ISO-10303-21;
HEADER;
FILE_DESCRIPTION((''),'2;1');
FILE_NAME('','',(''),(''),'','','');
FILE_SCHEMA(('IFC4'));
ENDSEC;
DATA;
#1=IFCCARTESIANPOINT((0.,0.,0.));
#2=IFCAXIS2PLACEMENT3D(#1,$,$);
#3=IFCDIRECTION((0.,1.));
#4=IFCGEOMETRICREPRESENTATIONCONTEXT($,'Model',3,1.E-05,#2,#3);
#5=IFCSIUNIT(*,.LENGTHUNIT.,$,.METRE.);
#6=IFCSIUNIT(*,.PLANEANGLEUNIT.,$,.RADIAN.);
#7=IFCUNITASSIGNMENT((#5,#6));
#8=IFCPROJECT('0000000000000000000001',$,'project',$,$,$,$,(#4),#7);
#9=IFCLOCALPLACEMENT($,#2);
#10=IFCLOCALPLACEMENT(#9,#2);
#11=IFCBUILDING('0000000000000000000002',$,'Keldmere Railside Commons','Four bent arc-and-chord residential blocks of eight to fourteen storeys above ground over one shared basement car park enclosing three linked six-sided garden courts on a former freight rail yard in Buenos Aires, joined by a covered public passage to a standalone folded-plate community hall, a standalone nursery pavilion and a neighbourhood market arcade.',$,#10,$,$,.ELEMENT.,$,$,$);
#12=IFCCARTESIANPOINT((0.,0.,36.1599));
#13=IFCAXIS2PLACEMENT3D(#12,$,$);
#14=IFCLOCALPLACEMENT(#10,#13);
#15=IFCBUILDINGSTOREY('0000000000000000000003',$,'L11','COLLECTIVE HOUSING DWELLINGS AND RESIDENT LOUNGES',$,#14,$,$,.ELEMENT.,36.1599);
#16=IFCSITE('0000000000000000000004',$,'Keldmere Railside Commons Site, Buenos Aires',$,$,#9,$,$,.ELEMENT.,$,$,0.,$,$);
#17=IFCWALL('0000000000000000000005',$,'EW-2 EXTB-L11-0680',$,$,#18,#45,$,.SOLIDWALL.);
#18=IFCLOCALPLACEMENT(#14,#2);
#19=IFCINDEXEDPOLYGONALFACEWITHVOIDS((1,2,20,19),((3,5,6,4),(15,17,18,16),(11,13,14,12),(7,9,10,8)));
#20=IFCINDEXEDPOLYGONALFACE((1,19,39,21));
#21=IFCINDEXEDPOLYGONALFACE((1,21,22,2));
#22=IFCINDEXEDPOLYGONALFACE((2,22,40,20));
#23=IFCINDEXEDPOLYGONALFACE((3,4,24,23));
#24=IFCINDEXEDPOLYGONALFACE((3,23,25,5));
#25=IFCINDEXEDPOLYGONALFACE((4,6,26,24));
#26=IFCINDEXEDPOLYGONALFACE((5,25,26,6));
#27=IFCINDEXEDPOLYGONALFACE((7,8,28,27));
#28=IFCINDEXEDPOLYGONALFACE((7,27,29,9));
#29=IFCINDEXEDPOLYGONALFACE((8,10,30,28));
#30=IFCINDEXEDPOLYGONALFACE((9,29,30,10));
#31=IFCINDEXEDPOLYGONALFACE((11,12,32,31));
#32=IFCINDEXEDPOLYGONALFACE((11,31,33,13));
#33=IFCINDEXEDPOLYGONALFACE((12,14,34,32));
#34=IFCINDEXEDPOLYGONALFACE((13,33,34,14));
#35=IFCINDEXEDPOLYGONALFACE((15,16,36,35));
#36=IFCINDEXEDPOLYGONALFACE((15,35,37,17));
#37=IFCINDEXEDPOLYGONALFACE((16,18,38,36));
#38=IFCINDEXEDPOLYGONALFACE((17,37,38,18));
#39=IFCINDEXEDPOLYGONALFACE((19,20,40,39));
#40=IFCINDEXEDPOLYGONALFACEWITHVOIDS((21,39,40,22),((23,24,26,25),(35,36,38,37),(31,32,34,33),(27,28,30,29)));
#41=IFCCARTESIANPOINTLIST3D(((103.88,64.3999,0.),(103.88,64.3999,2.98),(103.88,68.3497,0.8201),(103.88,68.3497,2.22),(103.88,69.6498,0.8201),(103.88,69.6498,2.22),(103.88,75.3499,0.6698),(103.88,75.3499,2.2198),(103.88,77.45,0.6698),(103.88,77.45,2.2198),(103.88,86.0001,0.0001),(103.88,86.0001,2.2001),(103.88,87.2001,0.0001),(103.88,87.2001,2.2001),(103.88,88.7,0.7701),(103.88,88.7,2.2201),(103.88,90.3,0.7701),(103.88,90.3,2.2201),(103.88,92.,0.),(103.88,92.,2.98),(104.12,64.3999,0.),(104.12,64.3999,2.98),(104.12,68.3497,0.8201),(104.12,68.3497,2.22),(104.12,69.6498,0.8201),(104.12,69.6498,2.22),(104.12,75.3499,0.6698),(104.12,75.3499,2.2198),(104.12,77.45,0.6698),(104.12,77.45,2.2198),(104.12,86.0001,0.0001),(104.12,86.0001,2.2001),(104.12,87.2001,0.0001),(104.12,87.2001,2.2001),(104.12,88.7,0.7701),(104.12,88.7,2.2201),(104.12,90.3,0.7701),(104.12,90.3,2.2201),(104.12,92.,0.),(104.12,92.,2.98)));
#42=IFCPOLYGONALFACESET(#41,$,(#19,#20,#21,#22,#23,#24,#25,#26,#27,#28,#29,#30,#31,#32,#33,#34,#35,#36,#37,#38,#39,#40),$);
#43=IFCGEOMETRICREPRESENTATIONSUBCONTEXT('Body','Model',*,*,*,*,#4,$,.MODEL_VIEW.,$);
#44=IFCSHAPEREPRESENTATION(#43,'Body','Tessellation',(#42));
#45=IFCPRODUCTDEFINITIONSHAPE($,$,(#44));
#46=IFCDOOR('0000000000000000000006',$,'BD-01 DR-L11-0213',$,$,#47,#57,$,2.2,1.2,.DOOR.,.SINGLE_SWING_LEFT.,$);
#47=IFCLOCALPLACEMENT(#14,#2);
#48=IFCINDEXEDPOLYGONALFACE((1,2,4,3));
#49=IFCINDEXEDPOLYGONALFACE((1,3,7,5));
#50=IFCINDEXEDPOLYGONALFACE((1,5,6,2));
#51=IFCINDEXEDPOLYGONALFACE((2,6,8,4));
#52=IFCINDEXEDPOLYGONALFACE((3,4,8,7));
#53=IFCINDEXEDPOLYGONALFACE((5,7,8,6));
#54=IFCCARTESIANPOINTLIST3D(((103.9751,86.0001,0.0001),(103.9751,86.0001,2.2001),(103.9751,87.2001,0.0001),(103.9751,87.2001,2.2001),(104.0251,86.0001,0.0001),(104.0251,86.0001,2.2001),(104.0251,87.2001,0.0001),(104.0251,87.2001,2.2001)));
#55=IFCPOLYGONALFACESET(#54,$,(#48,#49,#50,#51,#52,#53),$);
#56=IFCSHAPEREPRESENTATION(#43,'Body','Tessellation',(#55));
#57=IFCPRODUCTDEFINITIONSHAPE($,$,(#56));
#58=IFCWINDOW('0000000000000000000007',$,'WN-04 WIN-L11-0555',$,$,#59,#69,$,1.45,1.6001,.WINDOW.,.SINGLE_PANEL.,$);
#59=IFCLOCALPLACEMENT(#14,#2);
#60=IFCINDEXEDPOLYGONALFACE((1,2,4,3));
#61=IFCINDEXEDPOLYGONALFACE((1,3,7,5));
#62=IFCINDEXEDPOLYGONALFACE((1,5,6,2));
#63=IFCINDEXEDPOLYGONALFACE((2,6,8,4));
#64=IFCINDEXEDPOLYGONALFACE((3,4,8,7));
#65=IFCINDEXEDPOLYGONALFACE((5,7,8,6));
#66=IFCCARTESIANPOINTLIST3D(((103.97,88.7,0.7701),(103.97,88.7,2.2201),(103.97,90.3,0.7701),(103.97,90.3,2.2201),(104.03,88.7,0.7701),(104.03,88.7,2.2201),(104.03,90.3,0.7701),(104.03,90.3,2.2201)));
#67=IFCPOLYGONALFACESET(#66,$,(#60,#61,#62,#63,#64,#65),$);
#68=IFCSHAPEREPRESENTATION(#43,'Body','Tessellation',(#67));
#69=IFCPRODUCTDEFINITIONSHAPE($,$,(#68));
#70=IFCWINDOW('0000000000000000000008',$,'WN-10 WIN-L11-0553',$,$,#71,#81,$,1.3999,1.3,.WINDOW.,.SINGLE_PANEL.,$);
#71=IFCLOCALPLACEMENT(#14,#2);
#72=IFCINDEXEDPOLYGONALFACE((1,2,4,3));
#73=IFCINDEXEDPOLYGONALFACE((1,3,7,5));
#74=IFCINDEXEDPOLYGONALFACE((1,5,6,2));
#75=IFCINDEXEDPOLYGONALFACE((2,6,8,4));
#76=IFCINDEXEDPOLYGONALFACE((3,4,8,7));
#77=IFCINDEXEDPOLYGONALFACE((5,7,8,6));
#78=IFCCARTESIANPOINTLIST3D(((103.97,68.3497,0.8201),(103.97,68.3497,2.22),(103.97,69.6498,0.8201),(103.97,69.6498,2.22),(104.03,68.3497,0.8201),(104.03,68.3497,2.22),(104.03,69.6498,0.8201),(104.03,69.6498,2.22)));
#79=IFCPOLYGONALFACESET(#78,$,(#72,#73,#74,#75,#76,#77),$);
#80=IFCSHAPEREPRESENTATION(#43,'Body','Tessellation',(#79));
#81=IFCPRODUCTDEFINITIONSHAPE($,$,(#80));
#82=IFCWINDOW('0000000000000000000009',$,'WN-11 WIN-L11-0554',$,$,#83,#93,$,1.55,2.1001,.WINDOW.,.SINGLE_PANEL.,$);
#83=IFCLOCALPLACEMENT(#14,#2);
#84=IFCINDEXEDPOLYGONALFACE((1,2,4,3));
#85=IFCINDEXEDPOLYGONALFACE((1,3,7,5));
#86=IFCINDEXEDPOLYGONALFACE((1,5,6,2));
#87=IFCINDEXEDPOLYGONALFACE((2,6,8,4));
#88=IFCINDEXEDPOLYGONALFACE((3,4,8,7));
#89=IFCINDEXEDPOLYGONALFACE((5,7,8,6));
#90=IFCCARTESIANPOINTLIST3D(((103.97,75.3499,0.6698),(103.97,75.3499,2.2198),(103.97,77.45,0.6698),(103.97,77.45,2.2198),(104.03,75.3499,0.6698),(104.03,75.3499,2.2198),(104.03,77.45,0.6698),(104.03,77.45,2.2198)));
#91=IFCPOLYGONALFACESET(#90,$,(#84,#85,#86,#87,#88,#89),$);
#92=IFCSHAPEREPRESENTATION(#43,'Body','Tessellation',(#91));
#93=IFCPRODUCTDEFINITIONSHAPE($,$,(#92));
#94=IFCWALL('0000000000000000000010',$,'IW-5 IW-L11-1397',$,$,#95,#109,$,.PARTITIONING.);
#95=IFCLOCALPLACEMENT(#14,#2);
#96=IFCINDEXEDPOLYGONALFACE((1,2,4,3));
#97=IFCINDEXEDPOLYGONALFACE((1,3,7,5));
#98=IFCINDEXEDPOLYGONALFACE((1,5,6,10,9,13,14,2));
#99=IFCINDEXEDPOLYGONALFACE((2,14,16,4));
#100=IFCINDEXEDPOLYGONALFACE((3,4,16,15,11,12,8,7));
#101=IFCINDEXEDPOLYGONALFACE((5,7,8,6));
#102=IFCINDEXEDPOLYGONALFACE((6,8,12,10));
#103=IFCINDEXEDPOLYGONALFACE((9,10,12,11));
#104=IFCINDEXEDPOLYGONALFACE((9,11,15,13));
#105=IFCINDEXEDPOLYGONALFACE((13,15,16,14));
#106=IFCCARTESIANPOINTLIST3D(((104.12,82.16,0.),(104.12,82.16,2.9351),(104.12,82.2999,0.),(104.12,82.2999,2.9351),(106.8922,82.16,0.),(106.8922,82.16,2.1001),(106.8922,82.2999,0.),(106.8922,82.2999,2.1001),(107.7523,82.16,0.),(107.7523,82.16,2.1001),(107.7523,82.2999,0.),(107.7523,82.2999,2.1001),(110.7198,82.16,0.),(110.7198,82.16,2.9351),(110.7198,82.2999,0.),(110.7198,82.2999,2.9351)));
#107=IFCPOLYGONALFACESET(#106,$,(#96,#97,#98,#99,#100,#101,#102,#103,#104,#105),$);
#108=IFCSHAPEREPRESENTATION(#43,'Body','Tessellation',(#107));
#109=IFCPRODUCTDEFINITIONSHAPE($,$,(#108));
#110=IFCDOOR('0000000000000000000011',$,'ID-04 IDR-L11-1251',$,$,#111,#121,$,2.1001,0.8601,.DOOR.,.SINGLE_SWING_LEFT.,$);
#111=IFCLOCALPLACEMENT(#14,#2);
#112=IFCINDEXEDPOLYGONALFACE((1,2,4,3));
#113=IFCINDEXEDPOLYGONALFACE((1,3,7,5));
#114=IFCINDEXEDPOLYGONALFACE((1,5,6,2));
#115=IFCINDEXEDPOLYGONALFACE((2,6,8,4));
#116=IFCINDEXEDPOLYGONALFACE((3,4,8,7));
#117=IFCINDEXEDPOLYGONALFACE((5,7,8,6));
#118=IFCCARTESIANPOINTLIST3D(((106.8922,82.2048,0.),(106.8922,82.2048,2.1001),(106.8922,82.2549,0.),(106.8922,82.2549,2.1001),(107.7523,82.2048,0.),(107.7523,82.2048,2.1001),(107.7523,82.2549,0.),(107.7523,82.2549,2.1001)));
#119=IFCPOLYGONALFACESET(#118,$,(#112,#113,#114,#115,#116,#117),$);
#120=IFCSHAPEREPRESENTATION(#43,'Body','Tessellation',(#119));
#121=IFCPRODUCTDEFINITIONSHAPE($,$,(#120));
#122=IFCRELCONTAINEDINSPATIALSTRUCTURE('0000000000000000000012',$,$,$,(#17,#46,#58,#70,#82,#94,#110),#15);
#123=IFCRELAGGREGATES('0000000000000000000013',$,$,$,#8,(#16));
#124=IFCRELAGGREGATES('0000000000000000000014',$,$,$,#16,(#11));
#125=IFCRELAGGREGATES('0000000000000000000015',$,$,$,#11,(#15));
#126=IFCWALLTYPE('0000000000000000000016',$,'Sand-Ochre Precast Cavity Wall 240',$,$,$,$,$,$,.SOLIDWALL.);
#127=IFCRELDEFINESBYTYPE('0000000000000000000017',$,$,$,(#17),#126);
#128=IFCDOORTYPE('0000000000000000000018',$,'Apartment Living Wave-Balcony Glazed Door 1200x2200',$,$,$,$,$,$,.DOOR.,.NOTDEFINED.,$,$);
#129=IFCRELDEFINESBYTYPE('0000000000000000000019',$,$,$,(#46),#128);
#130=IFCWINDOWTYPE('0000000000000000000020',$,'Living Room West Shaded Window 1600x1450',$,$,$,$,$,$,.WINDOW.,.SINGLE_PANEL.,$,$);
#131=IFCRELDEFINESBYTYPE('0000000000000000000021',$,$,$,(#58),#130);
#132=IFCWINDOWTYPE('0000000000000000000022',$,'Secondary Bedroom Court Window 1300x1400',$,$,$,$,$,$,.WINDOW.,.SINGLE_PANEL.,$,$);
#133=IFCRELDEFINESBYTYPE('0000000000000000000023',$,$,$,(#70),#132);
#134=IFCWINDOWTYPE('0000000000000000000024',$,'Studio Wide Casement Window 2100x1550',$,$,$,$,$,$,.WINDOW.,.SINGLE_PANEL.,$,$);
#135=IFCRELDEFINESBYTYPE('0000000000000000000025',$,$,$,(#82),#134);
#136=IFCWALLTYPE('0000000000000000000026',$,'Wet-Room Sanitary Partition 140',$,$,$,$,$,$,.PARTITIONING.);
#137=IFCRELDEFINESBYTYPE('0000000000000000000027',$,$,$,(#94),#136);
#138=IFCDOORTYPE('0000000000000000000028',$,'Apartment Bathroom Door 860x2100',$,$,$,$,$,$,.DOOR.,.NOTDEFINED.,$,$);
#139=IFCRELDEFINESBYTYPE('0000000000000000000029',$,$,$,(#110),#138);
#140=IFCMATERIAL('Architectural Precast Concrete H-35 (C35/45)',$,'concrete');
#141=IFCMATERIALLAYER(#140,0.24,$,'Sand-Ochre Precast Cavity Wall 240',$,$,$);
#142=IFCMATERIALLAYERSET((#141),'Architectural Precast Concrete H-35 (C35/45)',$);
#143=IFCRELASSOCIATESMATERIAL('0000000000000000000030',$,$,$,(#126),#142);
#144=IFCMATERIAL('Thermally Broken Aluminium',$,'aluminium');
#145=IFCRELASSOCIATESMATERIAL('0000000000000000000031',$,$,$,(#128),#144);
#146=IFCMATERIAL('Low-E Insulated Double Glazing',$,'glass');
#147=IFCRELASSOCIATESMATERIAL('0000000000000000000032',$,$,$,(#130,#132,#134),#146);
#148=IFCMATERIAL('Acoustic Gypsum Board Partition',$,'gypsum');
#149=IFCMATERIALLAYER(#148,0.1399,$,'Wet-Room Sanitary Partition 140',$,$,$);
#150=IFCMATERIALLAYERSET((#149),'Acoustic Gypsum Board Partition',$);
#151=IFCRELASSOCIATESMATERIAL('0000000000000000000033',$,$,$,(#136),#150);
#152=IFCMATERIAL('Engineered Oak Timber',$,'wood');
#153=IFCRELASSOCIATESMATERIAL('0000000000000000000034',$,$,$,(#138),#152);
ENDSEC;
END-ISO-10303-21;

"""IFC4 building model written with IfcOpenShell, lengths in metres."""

from ifc_helpers import new_model, si_unit, direction, frame, frame_2d, origin, place, context, subcontext, project, spatial, rectangle, extrude, material, layer, layer_set, type_object, element, fill, save


model = new_model("IFC4")

# Units and contexts
model_context = context("Model", 3, precision=1e-05, world=origin(), true_north=direction((0.0, 1.0)))
body_context = subcontext(model_context, "Body", "Model", "MODEL_VIEW")
ifc_project = project(units=[si_unit("LENGTHUNIT", "METRE"), si_unit("PLANEANGLEUNIT", "RADIAN")], contexts=[model_context])

# Site, building, storey
site_placement = place(None, origin())
site = spatial("IfcSite", under=ifc_project, at=site_placement, Name="Keldmere Railside Commons Site, Buenos Aires", CompositionType="ELEMENT", RefElevation=0.0)
building_placement = place(site_placement, origin())
building = spatial("IfcBuilding", under=site, at=building_placement, Name="Keldmere Railside Commons", Description="Four bent arc-and-chord residential blocks of eight to fourteen storeys above ground over one shared basement car park enclosing three linked six-sided garden courts on a former freight rail yard in Buenos Aires, joined by a covered public passage to a standalone folded-plate community hall, a standalone nursery pavilion and a neighbourhood market arcade.", CompositionType="ELEMENT")
storey_placement = place(building_placement, frame((0.0, 0.0, 36.1599)))
storey = spatial("IfcBuildingStorey", under=building, at=storey_placement, Name="L11", Description="COLLECTIVE HOUSING DWELLINGS AND RESIDENT LOUNGES", CompositionType="ELEMENT", Elevation=36.1599)

# Shared definitions
ifc_material_1 = material(Name="Low-E Insulated Double Glazing", Category="glass")

# Shared definitions
ifc_material_2 = material(Name="Acoustic Gypsum Board Partition", Category="gypsum")

# Wall, openings, door, windows
ifc_material_3 = material(Name="Architectural Precast Concrete H-35 (C35/45)", Category="concrete")
ifc_layer_1 = layer(ifc_material_3, 0.24, Name="Sand-Ochre Precast Cavity Wall 240")
ifc_layer_set_1 = layer_set([ifc_layer_1], Name="Architectural Precast Concrete H-35 (C35/45)")
wall_type_1 = type_object("IfcWallType", Name="Sand-Ochre Precast Cavity Wall 240", PredefinedType="SOLIDWALL", material=ifc_layer_set_1)
wall_1_placement = place(storey_placement, frame((104.0, 64.3999, 0.0), z_axis=(0.0, 0.0, 1.0), x_axis=(0.0, 1.0, 0.0)))
wall_1 = element("IfcWall", 1, at=wall_1_placement, inside=storey, type_object=wall_type_1, Name="EW-2 EXTB-L11-0680", PredefinedType="SOLIDWALL", context=body_context, shape_type="SweptSolid", body=[
    extrude(rectangle(XDim=27.6001, YDim=0.24, at=frame_2d((13.8, 0.0))), origin(), (0.0, 0.0, 1.0), 2.98),
])
opening_1_placement = place(wall_1_placement, frame((3.95, 0.0, 0.8201)))
opening_1 = element("IfcOpeningElement", 2, at=opening_1_placement, cuts=wall_1, PredefinedType="OPENING", context=body_context, shape_type="SweptSolid", body=[
    extrude(rectangle(XDim=1.3, YDim=1.3999, at=frame_2d((0.6499, 0.7))), frame((0.0, 0.1299, 0.0), z_axis=(0.0, -1.0, 0.0), x_axis=(1.0, 0.0, 0.0)), (0.0, 0.0, 1.0), 0.26),
])
opening_2_placement = place(wall_1_placement, frame((10.95, 0.0, 0.6699)))
opening_2 = element("IfcOpeningElement", 3, at=opening_2_placement, cuts=wall_1, PredefinedType="OPENING", context=body_context, shape_type="SweptSolid", body=[
    extrude(rectangle(XDim=2.1001, YDim=1.55, at=frame_2d((1.05, 0.7749))), frame((0.0, 0.1299, 0.0), z_axis=(0.0, -1.0, 0.0), x_axis=(1.0, 0.0, 0.0)), (0.0, 0.0, 1.0), 0.26),
])
opening_3_placement = place(wall_1_placement, frame((21.6001, 0.0, 0.0)))
opening_3 = element("IfcOpeningElement", 4, at=opening_3_placement, cuts=wall_1, PredefinedType="OPENING", context=body_context, shape_type="SweptSolid", body=[
    extrude(rectangle(XDim=1.2, YDim=2.2, at=frame_2d((0.6001, 1.1001))), frame((0.0, 0.1299, 0.0), z_axis=(0.0, -1.0, 0.0), x_axis=(1.0, 0.0, 0.0)), (0.0, 0.0, 1.0), 0.26),
])
opening_4_placement = place(wall_1_placement, frame((24.3, 0.0, 0.77)))
opening_4 = element("IfcOpeningElement", 5, at=opening_4_placement, cuts=wall_1, PredefinedType="OPENING", context=body_context, shape_type="SweptSolid", body=[
    extrude(rectangle(XDim=1.6001, YDim=1.45, at=frame_2d((0.8, 0.7251))), frame((0.0, 0.1299, 0.0), z_axis=(0.0, -1.0, 0.0), x_axis=(1.0, 0.0, 0.0)), (0.0, 0.0, 1.0), 0.26),
])
ifc_material_4 = material(Name="Thermally Broken Aluminium", Category="aluminium")
door_type_1 = type_object("IfcDoorType", Name="Apartment Living Wave-Balcony Glazed Door 1200x2200", OperationType="NOTDEFINED", PredefinedType="DOOR", material=ifc_material_4)
door_1_placement = place(opening_3_placement, origin())
door_1 = element("IfcDoor", 6, at=door_1_placement, inside=storey, type_object=door_type_1, Name="BD-01 DR-L11-0213", OperationType="SINGLE_SWING_LEFT", OverallHeight=2.2, OverallWidth=1.2, PredefinedType="DOOR", context=body_context, shape_type="SweptSolid", body=[
    extrude(rectangle(XDim=1.2, YDim=2.2, at=frame_2d((0.6001, 1.1001))), frame((0.0, 0.0249, 0.0), z_axis=(0.0, -1.0, 0.0), x_axis=(1.0, 0.0, 0.0)), (0.0, 0.0, 1.0), 0.05),
])
fill(opening_3, door_1)
window_type_1 = type_object("IfcWindowType", Name="Living Room West Shaded Window 1600x1450", PartitioningType="SINGLE_PANEL", PredefinedType="WINDOW", material=ifc_material_1)
window_1_placement = place(opening_4_placement, origin())
window_1 = element("IfcWindow", 7, at=window_1_placement, inside=storey, type_object=window_type_1, Name="WN-04 WIN-L11-0555", OverallHeight=1.45, OverallWidth=1.6001, PartitioningType="SINGLE_PANEL", PredefinedType="WINDOW", context=body_context, shape_type="SweptSolid", body=[
    extrude(rectangle(XDim=1.6001, YDim=1.45, at=frame_2d((0.8, 0.7251))), frame((0.0, 0.03, 0.0), z_axis=(0.0, -1.0, 0.0), x_axis=(1.0, 0.0, 0.0)), (0.0, 0.0, 1.0), 0.0601),
])
fill(opening_4, window_1)
window_type_2 = type_object("IfcWindowType", Name="Secondary Bedroom Court Window 1300x1400", PartitioningType="SINGLE_PANEL", PredefinedType="WINDOW", material=ifc_material_1)
window_2_placement = place(opening_1_placement, origin())
window_2 = element("IfcWindow", 8, at=window_2_placement, inside=storey, type_object=window_type_2, Name="WN-10 WIN-L11-0553", OverallHeight=1.3999, OverallWidth=1.3, PartitioningType="SINGLE_PANEL", PredefinedType="WINDOW", context=body_context, shape_type="SweptSolid", body=[
    extrude(rectangle(XDim=1.3, YDim=1.3999, at=frame_2d((0.6499, 0.7))), frame((0.0, 0.03, 0.0), z_axis=(0.0, -1.0, 0.0), x_axis=(1.0, 0.0, 0.0)), (0.0, 0.0, 1.0), 0.0601),
])
fill(opening_1, window_2)
window_type_3 = type_object("IfcWindowType", Name="Studio Wide Casement Window 2100x1550", PartitioningType="SINGLE_PANEL", PredefinedType="WINDOW", material=ifc_material_1)
window_3_placement = place(opening_2_placement, origin())
window_3 = element("IfcWindow", 9, at=window_3_placement, inside=storey, type_object=window_type_3, Name="WN-11 WIN-L11-0554", OverallHeight=1.55, OverallWidth=2.1001, PartitioningType="SINGLE_PANEL", PredefinedType="WINDOW", context=body_context, shape_type="SweptSolid", body=[
    extrude(rectangle(XDim=2.1001, YDim=1.55, at=frame_2d((1.05, 0.7749))), frame((0.0, 0.03, 0.0), z_axis=(0.0, -1.0, 0.0), x_axis=(1.0, 0.0, 0.0)), (0.0, 0.0, 1.0), 0.0601),
])
fill(opening_2, window_3)

# Wall, opening, door
ifc_layer_2 = layer(ifc_material_2, 0.1399, Name="Wet-Room Sanitary Partition 140")
ifc_layer_set_2 = layer_set([ifc_layer_2], Name="Acoustic Gypsum Board Partition")
wall_type_2 = type_object("IfcWallType", Name="Wet-Room Sanitary Partition 140", PredefinedType="PARTITIONING", material=ifc_layer_set_2)
wall_2_placement = place(storey_placement, frame((104.1201, 82.23, 0.0), z_axis=(0.0, 0.0, 1.0), x_axis=(1.0, 0.0, 0.0)))
wall_2 = element("IfcWall", 10, at=wall_2_placement, inside=storey, type_object=wall_type_2, Name="IW-5 IW-L11-1397", PredefinedType="PARTITIONING", context=body_context, shape_type="SweptSolid", body=[
    extrude(rectangle(XDim=6.5999, YDim=0.1399, at=frame_2d((3.2998, 0.0))), origin(), (0.0, 0.0, 1.0), 2.9351),
])
opening_5_placement = place(wall_2_placement, frame((2.772, 0.0, 0.0)))
opening_5 = element("IfcOpeningElement", 11, at=opening_5_placement, cuts=wall_2, PredefinedType="OPENING", context=body_context, shape_type="SweptSolid", body=[
    extrude(rectangle(XDim=0.8601, YDim=2.1001, at=frame_2d((0.4302, 1.05))), frame((0.0, 0.0798, 0.0), z_axis=(0.0, -1.0, 0.0), x_axis=(1.0, 0.0, 0.0)), (0.0, 0.0, 1.0), 0.1599),
])
ifc_material_5 = material(Name="Engineered Oak Timber", Category="wood")
door_type_2 = type_object("IfcDoorType", Name="Apartment Bathroom Door 860x2100", OperationType="NOTDEFINED", PredefinedType="DOOR", material=ifc_material_5)
door_2_placement = place(opening_5_placement, origin())
door_2 = element("IfcDoor", 12, at=door_2_placement, inside=storey, type_object=door_type_2, Name="ID-04 IDR-L11-1251", OperationType="SINGLE_SWING_LEFT", OverallHeight=2.1001, OverallWidth=0.8601, PredefinedType="DOOR", context=body_context, shape_type="SweptSolid", body=[
    extrude(rectangle(XDim=0.8601, YDim=2.1001, at=frame_2d((0.4302, 1.05))), frame((0.0, 0.0249, 0.0), z_axis=(0.0, -1.0, 0.0), x_axis=(1.0, 0.0, 0.0)), (0.0, 0.0, 1.0), 0.05),
])
fill(opening_5, door_2)

save(model, "model.ifc")
